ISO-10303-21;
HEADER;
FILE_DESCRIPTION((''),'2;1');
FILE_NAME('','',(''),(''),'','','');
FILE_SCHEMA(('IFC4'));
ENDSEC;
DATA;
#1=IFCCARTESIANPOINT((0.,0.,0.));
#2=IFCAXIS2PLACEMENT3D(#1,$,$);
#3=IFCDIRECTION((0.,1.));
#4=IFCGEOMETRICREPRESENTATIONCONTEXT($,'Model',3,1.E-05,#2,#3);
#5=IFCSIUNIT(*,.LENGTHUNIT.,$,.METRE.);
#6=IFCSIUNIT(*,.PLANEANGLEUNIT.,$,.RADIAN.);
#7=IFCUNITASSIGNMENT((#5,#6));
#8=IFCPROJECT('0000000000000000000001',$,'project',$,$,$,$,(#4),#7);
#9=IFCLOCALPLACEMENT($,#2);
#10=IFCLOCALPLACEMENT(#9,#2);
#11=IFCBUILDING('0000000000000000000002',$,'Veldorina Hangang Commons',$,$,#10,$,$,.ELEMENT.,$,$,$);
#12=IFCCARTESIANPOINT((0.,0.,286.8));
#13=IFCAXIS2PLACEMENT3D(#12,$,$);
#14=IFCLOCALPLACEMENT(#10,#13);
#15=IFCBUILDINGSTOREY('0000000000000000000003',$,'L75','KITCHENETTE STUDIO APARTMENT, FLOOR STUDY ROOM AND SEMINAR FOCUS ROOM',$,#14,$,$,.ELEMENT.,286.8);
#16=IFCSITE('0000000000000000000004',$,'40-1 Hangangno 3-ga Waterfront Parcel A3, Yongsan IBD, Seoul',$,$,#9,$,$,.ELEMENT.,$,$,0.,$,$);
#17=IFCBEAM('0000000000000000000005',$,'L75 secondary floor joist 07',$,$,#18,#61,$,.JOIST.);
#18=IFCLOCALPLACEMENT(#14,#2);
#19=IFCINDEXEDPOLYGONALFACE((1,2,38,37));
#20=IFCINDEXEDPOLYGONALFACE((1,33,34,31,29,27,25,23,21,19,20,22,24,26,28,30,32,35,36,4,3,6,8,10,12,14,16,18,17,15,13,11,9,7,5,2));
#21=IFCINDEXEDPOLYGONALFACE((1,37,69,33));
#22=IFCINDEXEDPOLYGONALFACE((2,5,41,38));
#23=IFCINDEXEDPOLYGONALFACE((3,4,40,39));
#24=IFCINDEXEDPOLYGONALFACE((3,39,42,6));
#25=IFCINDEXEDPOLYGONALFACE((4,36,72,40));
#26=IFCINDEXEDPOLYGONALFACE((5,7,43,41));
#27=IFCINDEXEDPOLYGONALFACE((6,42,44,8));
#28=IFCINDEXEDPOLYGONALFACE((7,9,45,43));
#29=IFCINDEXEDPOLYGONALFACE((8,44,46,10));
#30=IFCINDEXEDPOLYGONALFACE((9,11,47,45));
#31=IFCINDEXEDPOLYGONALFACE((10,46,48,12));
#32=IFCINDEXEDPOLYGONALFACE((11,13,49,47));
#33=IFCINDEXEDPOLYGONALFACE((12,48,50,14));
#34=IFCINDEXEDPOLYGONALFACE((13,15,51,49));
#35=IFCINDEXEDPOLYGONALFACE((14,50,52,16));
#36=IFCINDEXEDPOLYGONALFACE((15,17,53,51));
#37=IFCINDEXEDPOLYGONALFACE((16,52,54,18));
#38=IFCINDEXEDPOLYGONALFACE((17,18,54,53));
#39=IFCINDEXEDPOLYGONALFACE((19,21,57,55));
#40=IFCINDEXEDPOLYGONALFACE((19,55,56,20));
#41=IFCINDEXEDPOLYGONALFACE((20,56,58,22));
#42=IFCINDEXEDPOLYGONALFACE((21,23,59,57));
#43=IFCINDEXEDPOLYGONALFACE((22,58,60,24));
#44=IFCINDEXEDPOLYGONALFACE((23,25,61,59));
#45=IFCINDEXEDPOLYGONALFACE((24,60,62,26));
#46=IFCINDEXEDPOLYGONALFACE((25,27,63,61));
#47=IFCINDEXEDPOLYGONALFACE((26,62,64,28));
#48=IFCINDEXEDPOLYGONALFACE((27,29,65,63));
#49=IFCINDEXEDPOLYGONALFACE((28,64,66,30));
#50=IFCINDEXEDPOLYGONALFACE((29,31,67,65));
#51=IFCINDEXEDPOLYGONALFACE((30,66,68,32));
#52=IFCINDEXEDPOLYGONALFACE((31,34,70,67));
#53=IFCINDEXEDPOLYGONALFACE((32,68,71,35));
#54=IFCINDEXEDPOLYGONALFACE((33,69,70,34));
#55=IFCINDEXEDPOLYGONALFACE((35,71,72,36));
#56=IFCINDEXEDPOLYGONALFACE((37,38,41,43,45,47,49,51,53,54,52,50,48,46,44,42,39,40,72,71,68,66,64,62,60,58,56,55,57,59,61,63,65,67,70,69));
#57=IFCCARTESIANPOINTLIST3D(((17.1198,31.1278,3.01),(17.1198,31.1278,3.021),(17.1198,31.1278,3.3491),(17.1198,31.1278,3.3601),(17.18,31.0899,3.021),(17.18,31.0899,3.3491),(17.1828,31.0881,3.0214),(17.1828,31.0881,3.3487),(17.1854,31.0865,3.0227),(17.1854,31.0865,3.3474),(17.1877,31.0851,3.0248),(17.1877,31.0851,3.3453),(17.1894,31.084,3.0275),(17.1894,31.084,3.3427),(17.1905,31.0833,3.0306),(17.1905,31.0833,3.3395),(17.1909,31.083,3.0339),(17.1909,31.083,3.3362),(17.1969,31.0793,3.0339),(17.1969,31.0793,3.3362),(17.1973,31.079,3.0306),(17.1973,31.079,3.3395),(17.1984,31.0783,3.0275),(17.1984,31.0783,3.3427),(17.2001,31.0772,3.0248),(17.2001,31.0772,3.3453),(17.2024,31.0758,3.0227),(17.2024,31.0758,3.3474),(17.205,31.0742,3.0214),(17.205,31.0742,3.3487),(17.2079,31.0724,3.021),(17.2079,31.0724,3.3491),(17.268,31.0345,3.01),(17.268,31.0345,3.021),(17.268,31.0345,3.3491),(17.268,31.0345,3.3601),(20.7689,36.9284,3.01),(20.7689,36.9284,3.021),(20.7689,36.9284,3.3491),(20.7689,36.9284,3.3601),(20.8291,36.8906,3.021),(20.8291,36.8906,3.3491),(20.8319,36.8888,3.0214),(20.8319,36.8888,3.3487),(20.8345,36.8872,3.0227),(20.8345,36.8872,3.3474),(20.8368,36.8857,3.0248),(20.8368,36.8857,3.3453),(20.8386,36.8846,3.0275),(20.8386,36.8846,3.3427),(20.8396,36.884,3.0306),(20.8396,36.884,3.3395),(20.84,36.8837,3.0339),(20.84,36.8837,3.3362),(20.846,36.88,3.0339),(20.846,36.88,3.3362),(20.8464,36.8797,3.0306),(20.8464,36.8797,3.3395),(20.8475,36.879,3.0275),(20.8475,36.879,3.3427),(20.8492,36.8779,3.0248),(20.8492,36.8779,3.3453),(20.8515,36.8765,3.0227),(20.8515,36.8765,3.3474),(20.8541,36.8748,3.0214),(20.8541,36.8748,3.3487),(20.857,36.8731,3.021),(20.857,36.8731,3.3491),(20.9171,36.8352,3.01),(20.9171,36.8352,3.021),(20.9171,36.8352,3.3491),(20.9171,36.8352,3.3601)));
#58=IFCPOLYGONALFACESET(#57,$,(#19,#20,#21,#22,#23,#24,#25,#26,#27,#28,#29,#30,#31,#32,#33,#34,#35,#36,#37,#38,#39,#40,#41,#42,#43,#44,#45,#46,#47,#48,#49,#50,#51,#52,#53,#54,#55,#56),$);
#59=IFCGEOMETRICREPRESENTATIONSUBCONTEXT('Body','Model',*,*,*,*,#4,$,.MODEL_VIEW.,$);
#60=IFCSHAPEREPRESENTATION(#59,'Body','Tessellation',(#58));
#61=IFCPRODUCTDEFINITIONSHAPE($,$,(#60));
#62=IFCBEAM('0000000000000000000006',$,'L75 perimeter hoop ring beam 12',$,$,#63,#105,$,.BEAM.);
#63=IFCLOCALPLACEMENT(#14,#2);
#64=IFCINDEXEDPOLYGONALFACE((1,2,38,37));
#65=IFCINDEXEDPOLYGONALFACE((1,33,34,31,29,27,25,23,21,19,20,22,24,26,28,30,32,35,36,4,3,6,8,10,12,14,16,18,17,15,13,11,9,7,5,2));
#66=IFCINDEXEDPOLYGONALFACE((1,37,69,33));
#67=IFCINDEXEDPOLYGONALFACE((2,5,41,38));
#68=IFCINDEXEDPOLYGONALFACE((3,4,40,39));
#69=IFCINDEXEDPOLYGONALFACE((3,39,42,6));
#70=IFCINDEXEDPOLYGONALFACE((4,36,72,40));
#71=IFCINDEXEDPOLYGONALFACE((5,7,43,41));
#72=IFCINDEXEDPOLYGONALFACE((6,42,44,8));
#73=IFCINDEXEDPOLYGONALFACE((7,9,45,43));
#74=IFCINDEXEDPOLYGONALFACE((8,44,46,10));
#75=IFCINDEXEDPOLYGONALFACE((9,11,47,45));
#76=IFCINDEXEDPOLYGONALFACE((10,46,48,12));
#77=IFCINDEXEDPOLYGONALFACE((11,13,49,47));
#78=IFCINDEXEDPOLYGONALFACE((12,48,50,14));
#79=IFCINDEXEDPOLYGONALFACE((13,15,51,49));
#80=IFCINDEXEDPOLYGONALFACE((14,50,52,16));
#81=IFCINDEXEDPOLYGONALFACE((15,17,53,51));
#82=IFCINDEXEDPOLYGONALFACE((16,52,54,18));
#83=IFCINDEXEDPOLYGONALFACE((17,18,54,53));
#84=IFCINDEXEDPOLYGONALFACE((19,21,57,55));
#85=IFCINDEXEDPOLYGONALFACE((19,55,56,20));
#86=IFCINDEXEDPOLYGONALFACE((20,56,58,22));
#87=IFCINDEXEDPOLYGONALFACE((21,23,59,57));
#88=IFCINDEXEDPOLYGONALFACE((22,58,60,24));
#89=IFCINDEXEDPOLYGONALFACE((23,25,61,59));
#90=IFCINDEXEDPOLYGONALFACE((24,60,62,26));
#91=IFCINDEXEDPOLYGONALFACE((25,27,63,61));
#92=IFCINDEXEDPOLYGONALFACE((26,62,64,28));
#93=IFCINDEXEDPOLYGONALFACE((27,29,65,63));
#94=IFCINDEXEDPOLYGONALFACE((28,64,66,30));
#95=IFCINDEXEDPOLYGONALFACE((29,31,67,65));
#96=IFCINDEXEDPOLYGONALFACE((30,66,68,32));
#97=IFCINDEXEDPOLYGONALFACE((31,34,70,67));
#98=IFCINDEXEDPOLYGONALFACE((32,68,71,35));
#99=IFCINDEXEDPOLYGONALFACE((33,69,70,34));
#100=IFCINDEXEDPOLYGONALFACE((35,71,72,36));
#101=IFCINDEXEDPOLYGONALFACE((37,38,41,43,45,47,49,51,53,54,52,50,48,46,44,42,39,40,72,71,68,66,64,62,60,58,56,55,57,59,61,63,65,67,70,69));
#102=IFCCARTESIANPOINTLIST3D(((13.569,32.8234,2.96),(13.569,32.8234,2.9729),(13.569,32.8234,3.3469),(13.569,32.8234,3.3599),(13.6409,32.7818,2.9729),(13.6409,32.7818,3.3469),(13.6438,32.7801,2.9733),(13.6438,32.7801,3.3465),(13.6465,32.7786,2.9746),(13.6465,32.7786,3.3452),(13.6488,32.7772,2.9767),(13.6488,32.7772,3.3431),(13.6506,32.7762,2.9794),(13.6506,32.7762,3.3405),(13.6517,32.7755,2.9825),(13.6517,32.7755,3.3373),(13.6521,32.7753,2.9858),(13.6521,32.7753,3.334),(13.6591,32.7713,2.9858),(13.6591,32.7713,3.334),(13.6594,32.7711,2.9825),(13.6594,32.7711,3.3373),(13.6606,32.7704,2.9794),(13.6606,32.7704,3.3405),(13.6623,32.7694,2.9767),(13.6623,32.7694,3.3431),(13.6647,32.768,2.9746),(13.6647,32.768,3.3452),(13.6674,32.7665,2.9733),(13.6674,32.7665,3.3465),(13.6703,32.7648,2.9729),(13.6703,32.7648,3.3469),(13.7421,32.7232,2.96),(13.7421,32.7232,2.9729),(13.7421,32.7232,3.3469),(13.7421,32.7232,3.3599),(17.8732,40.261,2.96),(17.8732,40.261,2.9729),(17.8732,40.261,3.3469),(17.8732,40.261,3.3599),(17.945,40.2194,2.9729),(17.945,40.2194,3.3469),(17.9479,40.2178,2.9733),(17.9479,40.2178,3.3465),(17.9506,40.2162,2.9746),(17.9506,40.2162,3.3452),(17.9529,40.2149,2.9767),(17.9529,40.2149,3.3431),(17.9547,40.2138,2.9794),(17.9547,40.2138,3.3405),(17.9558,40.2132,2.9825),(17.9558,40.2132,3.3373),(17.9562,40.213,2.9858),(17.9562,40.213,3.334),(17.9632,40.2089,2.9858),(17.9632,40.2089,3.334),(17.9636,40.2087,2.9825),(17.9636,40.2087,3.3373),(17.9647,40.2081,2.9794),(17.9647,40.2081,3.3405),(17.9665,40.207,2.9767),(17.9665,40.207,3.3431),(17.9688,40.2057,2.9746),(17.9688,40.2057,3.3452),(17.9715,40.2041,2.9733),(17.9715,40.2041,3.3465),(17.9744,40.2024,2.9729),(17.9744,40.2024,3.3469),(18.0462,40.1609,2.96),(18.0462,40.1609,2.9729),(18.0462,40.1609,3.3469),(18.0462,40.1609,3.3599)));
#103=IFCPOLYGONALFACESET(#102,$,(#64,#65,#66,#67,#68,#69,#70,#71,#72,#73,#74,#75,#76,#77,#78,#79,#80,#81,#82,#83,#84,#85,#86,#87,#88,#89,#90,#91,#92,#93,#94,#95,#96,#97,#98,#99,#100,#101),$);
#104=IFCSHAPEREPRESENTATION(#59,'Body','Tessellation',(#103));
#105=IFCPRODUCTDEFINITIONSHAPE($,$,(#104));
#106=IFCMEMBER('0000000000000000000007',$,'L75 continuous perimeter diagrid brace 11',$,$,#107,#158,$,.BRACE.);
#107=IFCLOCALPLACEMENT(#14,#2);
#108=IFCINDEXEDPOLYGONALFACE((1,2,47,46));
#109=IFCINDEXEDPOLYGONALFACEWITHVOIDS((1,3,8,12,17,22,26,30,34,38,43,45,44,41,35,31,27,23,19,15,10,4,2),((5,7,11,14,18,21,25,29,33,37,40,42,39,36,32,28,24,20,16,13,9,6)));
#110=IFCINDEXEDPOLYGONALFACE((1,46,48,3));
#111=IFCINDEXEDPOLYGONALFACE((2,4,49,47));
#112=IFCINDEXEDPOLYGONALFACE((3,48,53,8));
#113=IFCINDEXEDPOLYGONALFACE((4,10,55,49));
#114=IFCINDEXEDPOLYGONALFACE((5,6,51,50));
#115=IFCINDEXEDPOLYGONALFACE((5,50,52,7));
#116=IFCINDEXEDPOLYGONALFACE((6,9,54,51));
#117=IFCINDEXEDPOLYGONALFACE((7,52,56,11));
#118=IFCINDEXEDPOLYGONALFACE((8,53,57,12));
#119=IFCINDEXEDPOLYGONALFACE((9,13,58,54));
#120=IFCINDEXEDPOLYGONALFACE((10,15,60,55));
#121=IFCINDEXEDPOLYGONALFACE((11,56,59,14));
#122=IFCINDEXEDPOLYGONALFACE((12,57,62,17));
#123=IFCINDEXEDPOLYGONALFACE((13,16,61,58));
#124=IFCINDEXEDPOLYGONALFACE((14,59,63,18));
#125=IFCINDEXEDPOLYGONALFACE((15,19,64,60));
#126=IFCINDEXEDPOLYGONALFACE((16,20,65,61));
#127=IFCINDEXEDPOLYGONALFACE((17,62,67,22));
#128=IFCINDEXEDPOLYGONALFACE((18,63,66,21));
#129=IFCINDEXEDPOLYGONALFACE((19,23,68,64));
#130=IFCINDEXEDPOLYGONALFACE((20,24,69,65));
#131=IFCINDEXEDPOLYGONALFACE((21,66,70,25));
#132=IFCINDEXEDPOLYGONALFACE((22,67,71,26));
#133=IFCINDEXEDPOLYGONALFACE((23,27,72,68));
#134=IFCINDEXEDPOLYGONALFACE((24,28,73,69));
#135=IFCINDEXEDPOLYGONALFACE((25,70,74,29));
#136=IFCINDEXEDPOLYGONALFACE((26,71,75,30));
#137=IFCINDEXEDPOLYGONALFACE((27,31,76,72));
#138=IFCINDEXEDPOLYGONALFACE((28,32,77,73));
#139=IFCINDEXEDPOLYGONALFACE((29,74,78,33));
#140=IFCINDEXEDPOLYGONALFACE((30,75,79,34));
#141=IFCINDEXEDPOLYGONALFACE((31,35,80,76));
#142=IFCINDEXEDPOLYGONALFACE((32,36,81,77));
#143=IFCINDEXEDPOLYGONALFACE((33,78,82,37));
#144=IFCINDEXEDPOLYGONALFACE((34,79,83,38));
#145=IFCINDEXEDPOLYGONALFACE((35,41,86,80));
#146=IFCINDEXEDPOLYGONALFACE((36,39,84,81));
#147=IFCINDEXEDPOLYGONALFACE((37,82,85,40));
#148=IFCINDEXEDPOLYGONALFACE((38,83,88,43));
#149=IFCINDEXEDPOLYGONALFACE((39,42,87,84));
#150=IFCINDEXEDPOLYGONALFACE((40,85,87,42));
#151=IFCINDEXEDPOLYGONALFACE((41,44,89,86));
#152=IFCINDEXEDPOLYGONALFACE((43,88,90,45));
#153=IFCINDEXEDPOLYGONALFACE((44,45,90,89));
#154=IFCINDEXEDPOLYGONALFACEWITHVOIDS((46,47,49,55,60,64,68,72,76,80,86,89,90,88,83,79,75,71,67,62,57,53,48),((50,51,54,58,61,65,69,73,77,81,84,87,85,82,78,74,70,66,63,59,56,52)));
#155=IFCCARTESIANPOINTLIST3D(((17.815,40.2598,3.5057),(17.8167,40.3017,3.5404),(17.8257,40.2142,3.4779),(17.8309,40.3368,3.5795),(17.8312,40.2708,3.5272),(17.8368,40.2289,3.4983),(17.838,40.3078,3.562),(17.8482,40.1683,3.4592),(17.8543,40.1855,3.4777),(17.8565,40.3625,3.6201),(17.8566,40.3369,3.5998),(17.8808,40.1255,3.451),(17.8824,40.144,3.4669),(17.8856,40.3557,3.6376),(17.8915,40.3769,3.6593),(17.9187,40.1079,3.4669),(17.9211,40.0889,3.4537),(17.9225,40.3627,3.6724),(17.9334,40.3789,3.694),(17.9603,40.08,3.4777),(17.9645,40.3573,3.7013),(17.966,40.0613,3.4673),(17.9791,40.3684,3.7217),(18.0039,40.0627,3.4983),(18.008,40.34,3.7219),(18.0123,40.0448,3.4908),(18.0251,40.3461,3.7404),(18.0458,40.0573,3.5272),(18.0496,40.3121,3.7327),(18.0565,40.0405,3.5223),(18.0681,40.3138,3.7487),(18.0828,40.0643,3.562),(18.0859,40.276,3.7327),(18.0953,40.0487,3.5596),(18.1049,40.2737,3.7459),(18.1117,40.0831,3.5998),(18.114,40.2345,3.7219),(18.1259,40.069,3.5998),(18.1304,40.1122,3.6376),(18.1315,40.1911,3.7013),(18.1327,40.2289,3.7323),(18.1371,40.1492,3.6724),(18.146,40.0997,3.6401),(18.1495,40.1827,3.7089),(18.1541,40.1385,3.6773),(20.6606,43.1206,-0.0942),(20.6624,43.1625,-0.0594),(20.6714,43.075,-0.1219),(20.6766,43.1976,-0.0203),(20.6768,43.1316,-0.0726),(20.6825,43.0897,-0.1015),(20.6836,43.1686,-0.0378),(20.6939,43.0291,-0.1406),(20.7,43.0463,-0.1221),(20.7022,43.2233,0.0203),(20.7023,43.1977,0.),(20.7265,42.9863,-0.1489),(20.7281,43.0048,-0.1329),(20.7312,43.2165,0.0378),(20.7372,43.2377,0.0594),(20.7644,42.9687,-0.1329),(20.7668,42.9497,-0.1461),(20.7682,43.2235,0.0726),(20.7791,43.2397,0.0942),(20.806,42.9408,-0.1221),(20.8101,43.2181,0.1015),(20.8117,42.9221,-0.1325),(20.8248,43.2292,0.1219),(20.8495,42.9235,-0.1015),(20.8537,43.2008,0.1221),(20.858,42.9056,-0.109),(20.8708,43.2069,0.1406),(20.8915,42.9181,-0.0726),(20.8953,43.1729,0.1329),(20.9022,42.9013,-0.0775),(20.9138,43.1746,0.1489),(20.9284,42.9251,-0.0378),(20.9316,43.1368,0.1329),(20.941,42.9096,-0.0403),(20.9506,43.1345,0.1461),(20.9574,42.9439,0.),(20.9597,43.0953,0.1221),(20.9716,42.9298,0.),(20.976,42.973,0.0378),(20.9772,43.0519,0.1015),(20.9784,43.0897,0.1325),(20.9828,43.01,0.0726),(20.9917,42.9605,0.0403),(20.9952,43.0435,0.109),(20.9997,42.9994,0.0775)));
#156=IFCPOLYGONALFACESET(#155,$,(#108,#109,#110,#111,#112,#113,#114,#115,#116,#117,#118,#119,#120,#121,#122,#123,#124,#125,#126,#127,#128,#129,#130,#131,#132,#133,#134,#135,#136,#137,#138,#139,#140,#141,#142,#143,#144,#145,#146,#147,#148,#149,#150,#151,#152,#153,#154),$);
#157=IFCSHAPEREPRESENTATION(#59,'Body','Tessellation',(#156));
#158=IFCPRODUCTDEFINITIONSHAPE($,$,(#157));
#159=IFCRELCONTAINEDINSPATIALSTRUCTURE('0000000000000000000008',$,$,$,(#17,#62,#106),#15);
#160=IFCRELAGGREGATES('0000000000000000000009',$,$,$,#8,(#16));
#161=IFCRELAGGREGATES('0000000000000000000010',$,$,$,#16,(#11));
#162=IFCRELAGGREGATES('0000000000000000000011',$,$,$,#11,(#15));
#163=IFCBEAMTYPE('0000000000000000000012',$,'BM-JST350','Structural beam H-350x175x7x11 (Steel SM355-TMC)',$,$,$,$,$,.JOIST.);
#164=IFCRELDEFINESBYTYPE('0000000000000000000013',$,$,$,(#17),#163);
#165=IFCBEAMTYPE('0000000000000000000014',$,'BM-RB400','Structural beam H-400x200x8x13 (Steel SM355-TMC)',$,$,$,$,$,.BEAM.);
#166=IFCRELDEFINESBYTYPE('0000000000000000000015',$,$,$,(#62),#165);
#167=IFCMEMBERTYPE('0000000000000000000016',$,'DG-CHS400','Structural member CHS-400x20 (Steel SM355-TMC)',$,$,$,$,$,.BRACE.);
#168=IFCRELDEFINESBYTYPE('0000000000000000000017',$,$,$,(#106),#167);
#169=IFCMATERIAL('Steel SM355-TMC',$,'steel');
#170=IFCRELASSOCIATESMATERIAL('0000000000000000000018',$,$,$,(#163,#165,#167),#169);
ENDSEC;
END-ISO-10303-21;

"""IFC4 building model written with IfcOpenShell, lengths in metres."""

from ifc_helpers import new_model, si_unit, direction, frame, origin, origin_2d, place, context, subcontext, project, spatial, hollow_circle, i_section, extrude, material, material_profile, profile_set, type_object, element, save


model = new_model("IFC4")

# Units and contexts
model_context = context("Model", 3, precision=1e-05, world=origin(), true_north=direction((0.0, 1.0)))
body_context = subcontext(model_context, "Body", "Model", "MODEL_VIEW")
ifc_project = project(units=[si_unit("LENGTHUNIT", "METRE"), si_unit("PLANEANGLEUNIT", "RADIAN")], contexts=[model_context])

# Site, building, storey
site_placement = place(None, origin())
site = spatial("IfcSite", under=ifc_project, at=site_placement, Name="40-1 Hangangno 3-ga Waterfront Parcel A3, Yongsan IBD, Seoul", CompositionType="ELEMENT", RefElevation=0.0)
building_placement = place(site_placement, origin())
building = spatial("IfcBuilding", under=site, at=building_placement, Name="Veldorina Hangang Commons", CompositionType="ELEMENT")
storey_placement = place(building_placement, frame((0.0, 0.0, 286.8)))
storey = spatial("IfcBuildingStorey", under=building, at=storey_placement, Name="L75", Description="KITCHENETTE STUDIO APARTMENT, FLOOR STUDY ROOM AND SEMINAR FOCUS ROOM", CompositionType="ELEMENT", Elevation=286.8)

# Beams
ifc_material_1 = material(Name="Steel SM355-TMC", Category="steel")
ifc_material_profile_1 = material_profile(ifc_material_1, i_section(OverallWidth=0.175, OverallDepth=0.3501, WebThickness=0.0071, FlangeThickness=0.011, FilletRadius=0.0129, at=origin_2d()), Name="H-350x175x7x11")
ifc_profile_set_1 = profile_set([ifc_material_profile_1], Name="Steel SM355-TMC")
beam_type_1 = type_object("IfcBeamType", Name="BM-JST350", Description="Structural beam H-350x175x7x11 (Steel SM355-TMC)", PredefinedType="JOIST", material=ifc_profile_set_1)
beam_1_placement = place(storey_placement, frame((20.843, 36.8818, 3.1851), z_axis=(-0.532482, -0.846442, 0.0), x_axis=(0.846442, -0.532482, 0.0)))
element("IfcBeam", 1, at=beam_1_placement, inside=storey, type_object=beam_type_1, Name="L75 secondary floor joist 07", PredefinedType="JOIST", context=body_context, shape_type="SweptSolid", body=[
    extrude(i_section(OverallWidth=0.175, OverallDepth=0.3501, WebThickness=0.0071, FlangeThickness=0.011, FilletRadius=0.0129, at=origin_2d()), origin(), (0.0, 0.0, 1.0), 6.853),
])
ifc_material_profile_2 = material_profile(ifc_material_1, i_section(OverallWidth=0.2, OverallDepth=0.3999, WebThickness=0.0081, FlangeThickness=0.0129, FilletRadius=0.0129, at=origin_2d()), Name="H-400x200x8x13")
ifc_profile_set_2 = profile_set([ifc_material_profile_2], Name="Steel SM355-TMC")
beam_type_2 = type_object("IfcBeamType", Name="BM-RB400", Description="Structural beam H-400x200x8x13 (Steel SM355-TMC)", PredefinedType="BEAM", material=ifc_profile_set_2)
beam_2_placement = place(storey_placement, frame((17.9597, 40.2109, 3.1599), z_axis=(-0.500874, -0.86552, 0.0), x_axis=(0.86552, -0.500874, 0.0)))
element("IfcBeam", 2, at=beam_2_placement, inside=storey, type_object=beam_type_2, Name="L75 perimeter hoop ring beam 12", PredefinedType="BEAM", context=body_context, shape_type="SweptSolid", body=[
    extrude(i_section(OverallWidth=0.2, OverallDepth=0.3999, WebThickness=0.0081, FlangeThickness=0.0129, FilletRadius=0.0129, at=origin_2d()), origin(), (0.0, 0.0, 1.0), 8.5933),
])

# Member
ifc_material_profile_3 = material_profile(ifc_material_1, hollow_circle(Radius=0.2, WallThickness=0.02, at=origin_2d()), Name="CHS-400x20")
ifc_profile_set_3 = profile_set([ifc_material_profile_3], Name="Steel SM355-TMC")
member_type_1 = type_object("IfcMemberType", Name="DG-CHS400", Description="Structural member CHS-400x20 (Steel SM355-TMC)", PredefinedType="BRACE", material=ifc_profile_set_3)
member_1_placement = place(storey_placement, frame((20.8298, 43.0708, 0.0), z_axis=(-0.526248, -0.529047, 0.665711), x_axis=(0.70898, -0.705229, 0.0)))
element("IfcMember", 3, at=member_1_placement, inside=storey, type_object=member_type_1, Name="L75 continuous perimeter diagrid brace 11", PredefinedType="BRACE", context=body_context, shape_type="SweptSolid", body=[
    extrude(hollow_circle(Radius=0.2, WallThickness=0.02, at=origin_2d()), origin(), (0.0, 0.0, 1.0), 5.4075),
])

save(model, "model.ifc")
